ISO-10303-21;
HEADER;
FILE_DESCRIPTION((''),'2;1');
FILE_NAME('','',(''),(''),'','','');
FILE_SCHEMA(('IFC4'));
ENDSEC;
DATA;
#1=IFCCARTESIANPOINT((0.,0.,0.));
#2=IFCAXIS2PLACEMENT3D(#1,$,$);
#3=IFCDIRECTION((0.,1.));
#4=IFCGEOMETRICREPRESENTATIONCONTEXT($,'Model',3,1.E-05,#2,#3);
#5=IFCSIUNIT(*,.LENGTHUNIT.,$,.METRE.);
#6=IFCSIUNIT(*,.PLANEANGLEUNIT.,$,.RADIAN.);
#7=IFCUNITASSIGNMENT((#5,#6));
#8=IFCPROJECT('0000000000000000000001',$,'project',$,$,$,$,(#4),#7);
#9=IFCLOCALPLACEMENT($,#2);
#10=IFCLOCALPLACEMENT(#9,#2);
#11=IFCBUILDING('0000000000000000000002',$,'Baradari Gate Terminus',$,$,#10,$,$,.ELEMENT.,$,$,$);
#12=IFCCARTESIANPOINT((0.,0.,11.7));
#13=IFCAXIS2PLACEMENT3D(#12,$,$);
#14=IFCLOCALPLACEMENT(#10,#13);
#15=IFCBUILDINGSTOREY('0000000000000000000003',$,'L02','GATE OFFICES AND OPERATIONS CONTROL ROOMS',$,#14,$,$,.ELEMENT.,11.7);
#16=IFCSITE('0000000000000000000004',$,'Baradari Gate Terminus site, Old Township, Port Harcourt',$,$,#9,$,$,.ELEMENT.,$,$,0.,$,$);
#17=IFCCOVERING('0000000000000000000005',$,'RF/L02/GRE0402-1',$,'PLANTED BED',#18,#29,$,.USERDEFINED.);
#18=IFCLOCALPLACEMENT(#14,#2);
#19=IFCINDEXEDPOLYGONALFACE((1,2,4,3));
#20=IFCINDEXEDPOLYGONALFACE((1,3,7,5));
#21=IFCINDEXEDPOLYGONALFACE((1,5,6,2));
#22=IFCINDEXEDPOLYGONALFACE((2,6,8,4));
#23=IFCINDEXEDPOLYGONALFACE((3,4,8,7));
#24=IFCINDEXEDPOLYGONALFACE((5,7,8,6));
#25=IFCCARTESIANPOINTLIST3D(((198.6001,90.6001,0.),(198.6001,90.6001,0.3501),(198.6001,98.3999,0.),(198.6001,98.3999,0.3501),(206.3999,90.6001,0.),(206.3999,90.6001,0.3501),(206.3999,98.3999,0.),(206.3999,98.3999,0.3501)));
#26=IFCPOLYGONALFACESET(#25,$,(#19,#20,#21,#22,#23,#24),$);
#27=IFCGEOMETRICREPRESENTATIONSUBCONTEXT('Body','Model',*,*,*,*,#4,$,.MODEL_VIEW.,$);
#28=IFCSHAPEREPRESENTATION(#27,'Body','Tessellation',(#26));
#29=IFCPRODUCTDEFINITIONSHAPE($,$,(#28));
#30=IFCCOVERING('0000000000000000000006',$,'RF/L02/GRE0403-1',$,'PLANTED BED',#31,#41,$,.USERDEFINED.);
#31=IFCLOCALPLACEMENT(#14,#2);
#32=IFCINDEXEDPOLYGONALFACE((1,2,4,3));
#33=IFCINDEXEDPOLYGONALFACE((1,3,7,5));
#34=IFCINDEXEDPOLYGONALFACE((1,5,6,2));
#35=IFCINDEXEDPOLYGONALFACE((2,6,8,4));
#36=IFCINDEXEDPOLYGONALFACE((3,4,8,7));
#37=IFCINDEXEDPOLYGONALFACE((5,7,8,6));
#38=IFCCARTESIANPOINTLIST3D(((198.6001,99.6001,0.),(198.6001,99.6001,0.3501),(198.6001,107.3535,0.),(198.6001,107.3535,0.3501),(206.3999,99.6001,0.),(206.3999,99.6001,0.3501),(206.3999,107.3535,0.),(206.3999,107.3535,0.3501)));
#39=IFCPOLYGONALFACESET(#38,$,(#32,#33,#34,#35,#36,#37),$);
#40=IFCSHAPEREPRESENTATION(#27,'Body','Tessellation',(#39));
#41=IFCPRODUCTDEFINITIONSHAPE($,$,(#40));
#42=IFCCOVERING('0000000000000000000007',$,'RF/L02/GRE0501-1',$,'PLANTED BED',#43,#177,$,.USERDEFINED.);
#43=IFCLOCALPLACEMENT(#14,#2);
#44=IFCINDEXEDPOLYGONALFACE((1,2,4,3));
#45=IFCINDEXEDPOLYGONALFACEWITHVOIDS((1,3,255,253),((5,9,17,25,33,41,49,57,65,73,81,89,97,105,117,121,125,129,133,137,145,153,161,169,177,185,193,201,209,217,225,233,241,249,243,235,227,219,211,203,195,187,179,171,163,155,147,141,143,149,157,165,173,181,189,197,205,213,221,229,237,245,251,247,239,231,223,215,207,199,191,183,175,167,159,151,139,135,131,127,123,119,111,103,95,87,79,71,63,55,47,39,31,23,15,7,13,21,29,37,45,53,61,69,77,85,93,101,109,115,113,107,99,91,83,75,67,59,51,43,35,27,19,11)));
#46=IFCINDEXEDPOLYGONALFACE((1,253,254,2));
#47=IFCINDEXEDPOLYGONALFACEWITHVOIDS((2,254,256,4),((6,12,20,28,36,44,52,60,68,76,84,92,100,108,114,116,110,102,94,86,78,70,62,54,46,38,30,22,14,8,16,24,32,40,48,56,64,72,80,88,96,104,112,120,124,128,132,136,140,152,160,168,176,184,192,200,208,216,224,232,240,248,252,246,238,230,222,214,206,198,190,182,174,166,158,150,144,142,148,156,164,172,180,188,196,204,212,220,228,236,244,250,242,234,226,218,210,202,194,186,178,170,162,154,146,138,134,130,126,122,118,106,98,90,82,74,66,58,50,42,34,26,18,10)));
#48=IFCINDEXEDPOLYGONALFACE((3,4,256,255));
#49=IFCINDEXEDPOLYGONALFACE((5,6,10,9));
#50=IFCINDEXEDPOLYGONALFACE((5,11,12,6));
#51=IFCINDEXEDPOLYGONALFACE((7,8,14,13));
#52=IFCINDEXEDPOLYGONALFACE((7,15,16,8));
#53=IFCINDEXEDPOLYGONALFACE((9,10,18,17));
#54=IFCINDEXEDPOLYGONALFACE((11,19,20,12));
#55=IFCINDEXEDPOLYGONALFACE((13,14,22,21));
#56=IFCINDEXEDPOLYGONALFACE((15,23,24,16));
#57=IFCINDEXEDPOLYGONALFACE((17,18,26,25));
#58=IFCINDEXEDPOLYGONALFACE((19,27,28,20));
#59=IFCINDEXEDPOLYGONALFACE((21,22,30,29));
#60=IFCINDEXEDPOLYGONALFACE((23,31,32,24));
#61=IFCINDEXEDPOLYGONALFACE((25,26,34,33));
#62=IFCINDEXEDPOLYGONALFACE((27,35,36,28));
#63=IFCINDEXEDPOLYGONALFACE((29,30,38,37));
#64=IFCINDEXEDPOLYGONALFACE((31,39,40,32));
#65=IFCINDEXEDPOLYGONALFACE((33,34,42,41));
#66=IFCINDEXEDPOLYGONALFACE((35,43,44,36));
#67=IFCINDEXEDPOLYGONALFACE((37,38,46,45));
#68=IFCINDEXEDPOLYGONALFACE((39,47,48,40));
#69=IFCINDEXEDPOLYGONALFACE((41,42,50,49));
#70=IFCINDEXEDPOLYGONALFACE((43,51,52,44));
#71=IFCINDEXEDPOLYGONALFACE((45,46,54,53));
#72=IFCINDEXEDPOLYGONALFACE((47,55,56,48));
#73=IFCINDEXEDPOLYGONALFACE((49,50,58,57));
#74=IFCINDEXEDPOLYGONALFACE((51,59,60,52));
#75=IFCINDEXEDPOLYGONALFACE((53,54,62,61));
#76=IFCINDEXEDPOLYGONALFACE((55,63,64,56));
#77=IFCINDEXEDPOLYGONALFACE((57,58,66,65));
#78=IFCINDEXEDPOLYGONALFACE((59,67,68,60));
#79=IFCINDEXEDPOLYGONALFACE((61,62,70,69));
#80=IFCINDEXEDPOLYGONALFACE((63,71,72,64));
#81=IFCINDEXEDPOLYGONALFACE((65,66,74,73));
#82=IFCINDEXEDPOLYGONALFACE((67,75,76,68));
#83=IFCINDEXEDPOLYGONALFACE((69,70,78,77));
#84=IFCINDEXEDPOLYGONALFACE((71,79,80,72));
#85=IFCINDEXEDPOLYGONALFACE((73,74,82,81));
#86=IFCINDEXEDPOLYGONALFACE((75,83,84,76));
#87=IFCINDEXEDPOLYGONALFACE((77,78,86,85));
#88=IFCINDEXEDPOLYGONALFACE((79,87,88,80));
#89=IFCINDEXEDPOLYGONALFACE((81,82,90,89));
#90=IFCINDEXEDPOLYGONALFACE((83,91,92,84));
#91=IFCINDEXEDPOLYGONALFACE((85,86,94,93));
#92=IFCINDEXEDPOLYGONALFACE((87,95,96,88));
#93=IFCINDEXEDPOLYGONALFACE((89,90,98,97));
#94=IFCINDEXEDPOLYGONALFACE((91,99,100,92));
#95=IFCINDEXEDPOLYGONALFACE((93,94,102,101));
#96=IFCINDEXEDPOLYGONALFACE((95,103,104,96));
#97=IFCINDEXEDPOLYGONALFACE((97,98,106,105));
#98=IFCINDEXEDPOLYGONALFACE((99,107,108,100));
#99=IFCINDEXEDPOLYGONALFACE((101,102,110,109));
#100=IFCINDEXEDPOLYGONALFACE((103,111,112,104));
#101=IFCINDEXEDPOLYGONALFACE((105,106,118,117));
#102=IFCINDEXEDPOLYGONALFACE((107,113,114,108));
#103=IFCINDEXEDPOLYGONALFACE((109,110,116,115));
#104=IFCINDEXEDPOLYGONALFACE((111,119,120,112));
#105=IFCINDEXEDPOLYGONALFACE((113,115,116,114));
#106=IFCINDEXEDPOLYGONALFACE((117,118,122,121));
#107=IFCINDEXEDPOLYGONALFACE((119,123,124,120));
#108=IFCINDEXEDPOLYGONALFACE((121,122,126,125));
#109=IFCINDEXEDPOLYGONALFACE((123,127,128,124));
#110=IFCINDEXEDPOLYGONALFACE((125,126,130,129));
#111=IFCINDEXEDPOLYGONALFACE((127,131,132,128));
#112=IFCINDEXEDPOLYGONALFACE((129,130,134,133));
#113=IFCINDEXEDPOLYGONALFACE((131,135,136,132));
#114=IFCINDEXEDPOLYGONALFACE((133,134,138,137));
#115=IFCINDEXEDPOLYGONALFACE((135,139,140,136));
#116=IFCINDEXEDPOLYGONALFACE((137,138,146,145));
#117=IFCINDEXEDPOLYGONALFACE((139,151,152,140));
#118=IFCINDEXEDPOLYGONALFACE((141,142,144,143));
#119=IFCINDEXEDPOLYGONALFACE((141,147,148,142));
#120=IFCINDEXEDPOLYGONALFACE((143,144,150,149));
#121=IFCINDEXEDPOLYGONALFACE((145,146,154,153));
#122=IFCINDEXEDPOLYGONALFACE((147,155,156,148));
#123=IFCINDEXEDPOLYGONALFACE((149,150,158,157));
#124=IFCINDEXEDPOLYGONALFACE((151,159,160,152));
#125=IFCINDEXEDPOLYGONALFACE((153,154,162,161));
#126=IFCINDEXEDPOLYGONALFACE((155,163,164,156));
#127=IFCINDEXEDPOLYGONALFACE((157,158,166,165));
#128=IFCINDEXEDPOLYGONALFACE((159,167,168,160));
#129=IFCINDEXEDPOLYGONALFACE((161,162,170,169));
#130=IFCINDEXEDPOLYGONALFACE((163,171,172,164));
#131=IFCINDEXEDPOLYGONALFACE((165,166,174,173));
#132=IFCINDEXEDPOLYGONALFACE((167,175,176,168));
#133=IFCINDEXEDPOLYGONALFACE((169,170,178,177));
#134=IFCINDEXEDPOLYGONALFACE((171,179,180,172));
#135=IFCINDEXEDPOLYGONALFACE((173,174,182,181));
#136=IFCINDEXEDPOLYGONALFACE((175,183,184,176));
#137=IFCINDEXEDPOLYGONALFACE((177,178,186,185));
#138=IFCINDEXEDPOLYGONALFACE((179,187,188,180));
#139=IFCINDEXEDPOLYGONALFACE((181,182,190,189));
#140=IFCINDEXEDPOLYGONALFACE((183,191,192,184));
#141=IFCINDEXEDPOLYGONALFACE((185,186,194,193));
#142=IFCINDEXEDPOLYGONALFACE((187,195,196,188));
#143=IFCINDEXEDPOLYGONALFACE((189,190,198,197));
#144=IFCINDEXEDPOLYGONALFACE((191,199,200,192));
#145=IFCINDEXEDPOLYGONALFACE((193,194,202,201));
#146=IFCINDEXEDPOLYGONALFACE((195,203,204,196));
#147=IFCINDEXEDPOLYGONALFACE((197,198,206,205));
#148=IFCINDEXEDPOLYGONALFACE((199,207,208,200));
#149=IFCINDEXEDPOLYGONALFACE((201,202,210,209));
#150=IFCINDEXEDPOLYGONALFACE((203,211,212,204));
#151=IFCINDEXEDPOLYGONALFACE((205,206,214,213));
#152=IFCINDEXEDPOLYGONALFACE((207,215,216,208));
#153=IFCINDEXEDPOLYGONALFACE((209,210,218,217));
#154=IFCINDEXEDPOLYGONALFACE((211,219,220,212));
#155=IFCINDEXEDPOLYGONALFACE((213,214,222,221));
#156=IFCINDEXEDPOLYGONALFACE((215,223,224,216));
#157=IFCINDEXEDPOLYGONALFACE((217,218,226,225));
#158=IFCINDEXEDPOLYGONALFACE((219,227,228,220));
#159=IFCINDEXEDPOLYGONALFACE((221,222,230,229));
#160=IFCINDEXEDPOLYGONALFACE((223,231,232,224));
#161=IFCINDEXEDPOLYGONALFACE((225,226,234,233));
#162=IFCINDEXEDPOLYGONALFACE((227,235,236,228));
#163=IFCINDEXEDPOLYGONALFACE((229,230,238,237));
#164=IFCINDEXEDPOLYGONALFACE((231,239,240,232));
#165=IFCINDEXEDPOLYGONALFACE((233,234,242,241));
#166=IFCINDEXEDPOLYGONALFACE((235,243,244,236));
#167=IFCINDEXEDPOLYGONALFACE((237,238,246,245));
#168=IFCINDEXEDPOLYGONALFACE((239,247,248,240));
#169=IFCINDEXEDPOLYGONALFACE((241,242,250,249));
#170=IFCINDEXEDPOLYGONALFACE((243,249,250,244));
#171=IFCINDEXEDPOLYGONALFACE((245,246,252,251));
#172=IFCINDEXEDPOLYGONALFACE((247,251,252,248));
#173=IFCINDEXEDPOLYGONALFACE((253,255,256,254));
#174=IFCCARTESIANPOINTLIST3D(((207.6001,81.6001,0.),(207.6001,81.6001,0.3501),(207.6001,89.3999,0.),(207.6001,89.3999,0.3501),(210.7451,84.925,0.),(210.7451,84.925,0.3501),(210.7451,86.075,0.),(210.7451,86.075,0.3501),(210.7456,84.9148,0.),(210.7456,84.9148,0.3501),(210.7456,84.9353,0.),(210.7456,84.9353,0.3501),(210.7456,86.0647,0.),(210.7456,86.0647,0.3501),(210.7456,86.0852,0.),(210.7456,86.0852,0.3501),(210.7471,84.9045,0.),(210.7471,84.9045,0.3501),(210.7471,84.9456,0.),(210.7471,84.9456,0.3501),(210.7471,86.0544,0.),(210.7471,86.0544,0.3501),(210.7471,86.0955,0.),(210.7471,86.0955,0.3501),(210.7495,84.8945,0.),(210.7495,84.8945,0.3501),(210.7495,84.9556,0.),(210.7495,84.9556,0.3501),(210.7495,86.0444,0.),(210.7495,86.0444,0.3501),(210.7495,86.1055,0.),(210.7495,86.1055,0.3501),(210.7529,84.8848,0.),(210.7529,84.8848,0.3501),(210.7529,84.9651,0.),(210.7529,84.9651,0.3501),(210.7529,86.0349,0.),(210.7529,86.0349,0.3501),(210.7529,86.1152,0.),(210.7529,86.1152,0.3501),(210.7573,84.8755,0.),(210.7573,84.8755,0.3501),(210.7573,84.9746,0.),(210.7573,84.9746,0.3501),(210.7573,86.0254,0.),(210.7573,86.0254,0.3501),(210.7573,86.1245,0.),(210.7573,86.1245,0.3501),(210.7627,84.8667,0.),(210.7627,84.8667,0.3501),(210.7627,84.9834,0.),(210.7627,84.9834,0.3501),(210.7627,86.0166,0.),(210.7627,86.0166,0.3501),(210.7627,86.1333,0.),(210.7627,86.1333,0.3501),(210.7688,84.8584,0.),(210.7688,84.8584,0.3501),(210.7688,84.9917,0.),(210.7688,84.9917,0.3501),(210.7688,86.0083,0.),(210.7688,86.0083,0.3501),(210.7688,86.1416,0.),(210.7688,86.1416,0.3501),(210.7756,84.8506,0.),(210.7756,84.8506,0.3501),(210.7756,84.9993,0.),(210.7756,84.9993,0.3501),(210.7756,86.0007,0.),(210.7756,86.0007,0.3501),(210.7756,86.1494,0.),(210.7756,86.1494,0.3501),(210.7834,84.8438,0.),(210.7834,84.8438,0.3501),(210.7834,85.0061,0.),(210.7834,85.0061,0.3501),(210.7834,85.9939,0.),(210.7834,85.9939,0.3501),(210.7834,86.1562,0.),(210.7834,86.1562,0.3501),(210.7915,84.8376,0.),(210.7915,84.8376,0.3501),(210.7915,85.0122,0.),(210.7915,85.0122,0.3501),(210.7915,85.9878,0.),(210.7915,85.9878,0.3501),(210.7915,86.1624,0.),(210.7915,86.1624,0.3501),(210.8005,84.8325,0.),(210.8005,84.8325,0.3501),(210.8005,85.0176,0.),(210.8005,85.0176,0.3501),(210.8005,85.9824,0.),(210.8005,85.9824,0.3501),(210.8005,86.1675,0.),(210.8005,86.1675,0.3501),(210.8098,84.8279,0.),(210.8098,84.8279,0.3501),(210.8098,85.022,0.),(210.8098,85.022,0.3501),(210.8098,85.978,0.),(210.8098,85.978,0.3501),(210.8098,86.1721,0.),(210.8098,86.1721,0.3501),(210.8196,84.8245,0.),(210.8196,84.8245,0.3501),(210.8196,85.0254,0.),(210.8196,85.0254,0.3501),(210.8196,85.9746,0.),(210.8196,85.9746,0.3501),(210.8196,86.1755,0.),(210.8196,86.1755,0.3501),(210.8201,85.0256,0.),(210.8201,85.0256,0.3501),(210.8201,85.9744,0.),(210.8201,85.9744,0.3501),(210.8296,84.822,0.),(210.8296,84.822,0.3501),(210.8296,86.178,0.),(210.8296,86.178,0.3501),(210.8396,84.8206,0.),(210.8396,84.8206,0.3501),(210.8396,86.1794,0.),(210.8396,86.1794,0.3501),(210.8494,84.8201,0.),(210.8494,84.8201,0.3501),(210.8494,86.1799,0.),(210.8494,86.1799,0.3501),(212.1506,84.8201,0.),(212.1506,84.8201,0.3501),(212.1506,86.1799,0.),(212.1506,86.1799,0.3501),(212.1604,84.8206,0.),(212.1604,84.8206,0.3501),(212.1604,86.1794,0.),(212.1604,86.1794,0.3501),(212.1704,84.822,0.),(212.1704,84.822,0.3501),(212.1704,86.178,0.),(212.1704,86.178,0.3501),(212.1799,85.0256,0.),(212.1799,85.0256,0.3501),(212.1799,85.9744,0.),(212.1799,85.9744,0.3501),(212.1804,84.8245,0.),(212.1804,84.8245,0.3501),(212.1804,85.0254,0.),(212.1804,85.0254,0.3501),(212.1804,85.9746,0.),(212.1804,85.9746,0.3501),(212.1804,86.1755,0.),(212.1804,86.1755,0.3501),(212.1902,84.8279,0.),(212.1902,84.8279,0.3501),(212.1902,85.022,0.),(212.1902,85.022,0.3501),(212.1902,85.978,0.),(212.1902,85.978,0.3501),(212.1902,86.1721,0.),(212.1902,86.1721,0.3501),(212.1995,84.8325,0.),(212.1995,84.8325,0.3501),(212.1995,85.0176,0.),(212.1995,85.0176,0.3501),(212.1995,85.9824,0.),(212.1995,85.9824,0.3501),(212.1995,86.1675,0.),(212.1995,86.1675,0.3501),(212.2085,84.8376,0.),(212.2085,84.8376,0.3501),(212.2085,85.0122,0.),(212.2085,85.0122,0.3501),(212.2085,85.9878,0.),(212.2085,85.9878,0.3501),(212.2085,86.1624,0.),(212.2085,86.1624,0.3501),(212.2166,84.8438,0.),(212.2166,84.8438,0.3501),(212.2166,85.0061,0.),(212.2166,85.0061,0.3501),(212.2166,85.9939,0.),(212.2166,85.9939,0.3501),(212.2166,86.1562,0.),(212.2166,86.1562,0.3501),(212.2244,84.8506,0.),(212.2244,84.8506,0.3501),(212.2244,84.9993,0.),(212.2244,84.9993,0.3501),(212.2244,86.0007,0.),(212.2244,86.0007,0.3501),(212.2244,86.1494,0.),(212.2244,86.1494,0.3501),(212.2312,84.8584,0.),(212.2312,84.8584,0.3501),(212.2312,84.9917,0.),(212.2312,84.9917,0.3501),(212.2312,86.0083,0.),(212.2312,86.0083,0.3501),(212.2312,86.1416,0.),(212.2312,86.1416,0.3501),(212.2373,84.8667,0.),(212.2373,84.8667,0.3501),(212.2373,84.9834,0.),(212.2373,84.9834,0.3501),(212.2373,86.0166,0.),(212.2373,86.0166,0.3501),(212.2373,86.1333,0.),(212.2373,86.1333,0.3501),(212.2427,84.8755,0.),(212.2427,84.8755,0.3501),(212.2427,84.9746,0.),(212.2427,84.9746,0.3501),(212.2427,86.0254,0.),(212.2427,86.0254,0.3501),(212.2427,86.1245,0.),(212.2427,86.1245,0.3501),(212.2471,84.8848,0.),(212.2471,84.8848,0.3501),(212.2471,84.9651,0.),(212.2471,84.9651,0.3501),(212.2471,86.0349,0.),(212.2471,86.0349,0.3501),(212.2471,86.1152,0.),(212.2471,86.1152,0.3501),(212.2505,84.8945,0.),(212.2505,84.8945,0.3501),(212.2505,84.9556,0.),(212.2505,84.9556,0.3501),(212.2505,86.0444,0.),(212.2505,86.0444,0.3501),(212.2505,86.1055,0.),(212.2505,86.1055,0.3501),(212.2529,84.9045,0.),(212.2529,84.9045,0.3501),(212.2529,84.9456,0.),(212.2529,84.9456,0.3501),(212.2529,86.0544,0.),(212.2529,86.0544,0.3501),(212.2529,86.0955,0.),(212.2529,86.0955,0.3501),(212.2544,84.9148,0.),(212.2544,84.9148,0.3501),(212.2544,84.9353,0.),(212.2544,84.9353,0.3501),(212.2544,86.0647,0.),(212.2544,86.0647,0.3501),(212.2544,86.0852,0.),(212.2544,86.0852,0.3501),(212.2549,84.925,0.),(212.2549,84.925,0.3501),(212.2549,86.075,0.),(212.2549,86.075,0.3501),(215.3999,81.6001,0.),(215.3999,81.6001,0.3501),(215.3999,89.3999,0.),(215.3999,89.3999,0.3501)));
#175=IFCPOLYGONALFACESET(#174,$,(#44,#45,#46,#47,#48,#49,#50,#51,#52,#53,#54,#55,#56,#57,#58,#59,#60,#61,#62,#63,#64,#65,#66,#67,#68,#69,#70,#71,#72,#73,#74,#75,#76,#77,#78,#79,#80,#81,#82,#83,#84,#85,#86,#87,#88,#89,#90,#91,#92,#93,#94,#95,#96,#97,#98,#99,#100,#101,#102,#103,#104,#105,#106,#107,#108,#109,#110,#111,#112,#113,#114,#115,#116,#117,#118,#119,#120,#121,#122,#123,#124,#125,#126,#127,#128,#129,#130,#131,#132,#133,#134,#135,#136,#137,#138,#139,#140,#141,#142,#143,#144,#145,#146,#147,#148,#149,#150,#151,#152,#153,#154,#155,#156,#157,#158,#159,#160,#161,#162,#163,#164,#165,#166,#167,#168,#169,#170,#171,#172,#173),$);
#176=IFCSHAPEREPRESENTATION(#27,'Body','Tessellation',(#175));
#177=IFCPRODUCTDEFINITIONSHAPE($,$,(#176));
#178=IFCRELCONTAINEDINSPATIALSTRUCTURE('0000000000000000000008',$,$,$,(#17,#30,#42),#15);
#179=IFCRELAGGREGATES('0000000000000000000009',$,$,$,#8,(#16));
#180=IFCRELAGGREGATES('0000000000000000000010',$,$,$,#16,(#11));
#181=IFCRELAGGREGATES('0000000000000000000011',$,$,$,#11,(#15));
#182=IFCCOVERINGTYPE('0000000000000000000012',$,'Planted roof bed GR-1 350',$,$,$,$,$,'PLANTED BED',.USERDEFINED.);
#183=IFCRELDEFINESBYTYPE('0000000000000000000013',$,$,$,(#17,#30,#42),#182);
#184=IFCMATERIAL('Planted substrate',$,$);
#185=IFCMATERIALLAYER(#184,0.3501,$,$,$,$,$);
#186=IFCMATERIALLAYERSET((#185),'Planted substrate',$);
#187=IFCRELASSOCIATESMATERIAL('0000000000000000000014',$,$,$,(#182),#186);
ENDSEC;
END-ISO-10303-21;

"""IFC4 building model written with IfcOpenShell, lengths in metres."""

from ifc_helpers import new_model, si_unit, direction, frame, origin, place, context, subcontext, project, spatial, polyline, outline, extrude, material, layer, layer_set, type_object, element, save


model = new_model("IFC4")

# Units and contexts
model_context = context("Model", 3, precision=1e-05, world=origin(), true_north=direction((0.0, 1.0)))
body_context = subcontext(model_context, "Body", "Model", "MODEL_VIEW")
ifc_project = project(units=[si_unit("LENGTHUNIT", "METRE"), si_unit("PLANEANGLEUNIT", "RADIAN")], contexts=[model_context])

# Site, building, storey
site_placement = place(None, origin())
site = spatial("IfcSite", under=ifc_project, at=site_placement, Name="Baradari Gate Terminus site, Old Township, Port Harcourt", CompositionType="ELEMENT", RefElevation=0.0)
building_placement = place(site_placement, origin())
building = spatial("IfcBuilding", under=site, at=building_placement, Name="Baradari Gate Terminus", CompositionType="ELEMENT")
storey_placement = place(building_placement, frame((0.0, 0.0, 11.7)))
storey = spatial("IfcBuildingStorey", under=building, at=storey_placement, Name="L02", Description="GATE OFFICES AND OPERATIONS CONTROL ROOMS", CompositionType="ELEMENT", Elevation=11.7)

# Coverings
ifc_material = material(Name="Planted substrate")
ifc_layer = layer(ifc_material, 0.3501)
ifc_layer_set = layer_set([ifc_layer], Name="Planted substrate")
covering_type = type_object("IfcCoveringType", Name="Planted roof bed GR-1 350", ElementType="PLANTED BED", PredefinedType="USERDEFINED", material=ifc_layer_set)
covering_1_placement = place(storey_placement, origin())
element("IfcCovering", 1, at=covering_1_placement, inside=storey, type_object=covering_type, Name="RF/L02/GRE0402-1", ObjectType="PLANTED BED", PredefinedType="USERDEFINED", context=body_context, shape_type="SweptSolid", body=[
    extrude(outline(polyline([(198.6001, 98.3999), (206.3999, 98.3999), (206.3999, 90.6001), (198.6001, 90.6001), (198.6001, 98.3999)])), origin(), (0.0, 0.0, 1.0), 0.3501),
])
covering_2_placement = place(storey_placement, origin())
element("IfcCovering", 2, at=covering_2_placement, inside=storey, type_object=covering_type, Name="RF/L02/GRE0403-1", ObjectType="PLANTED BED", PredefinedType="USERDEFINED", context=body_context, shape_type="SweptSolid", body=[
    extrude(outline(polyline([(198.6001, 107.3535), (206.3999, 107.3535), (206.3999, 99.6001), (198.6001, 99.6001), (198.6001, 107.3535)])), origin(), (0.0, 0.0, 1.0), 0.3501),
])
covering_3_placement = place(storey_placement, origin())
element("IfcCovering", 3, at=covering_3_placement, inside=storey, type_object=covering_type, Name="RF/L02/GRE0501-1", ObjectType="PLANTED BED", PredefinedType="USERDEFINED", context=body_context, shape_type="SweptSolid", body=[
    extrude(outline(polyline([(207.6001, 89.3999), (215.3999, 89.3999), (215.3999, 81.6001), (207.6001, 81.6001), (207.6001, 89.3999)]), holes=[polyline([(212.2373, 84.9834), (212.2312, 84.9917), (212.2244, 84.9993), (212.2166, 85.0061), (212.2085, 85.0122), (212.1995, 85.0176), (212.1902, 85.022), (212.1804, 85.0254), (212.1799, 85.0256), (212.1799, 85.9744), (212.1804, 85.9746), (212.1902, 85.978), (212.1995, 85.9824), (212.2085, 85.9878), (212.2166, 85.9939), (212.2244, 86.0007), (212.2312, 86.0083), (212.2373, 86.0166), (212.2427, 86.0254), (212.2471, 86.0349), (212.2505, 86.0444), (212.2529, 86.0544), (212.2544, 86.0647), (212.2549, 86.075), (212.2544, 86.0852), (212.2529, 86.0955), (212.2505, 86.1055), (212.2471, 86.1152), (212.2427, 86.1245), (212.2373, 86.1333), (212.2312, 86.1416), (212.2244, 86.1494), (212.2166, 86.1562), (212.2085, 86.1624), (212.1995, 86.1675), (212.1902, 86.1721), (212.1804, 86.1755), (212.1704, 86.178), (212.1604, 86.1794), (212.1506, 86.1799), (210.8494, 86.1799), (210.8396, 86.1794), (210.8296, 86.178), (210.8196, 86.1755), (210.8098, 86.1721), (210.8005, 86.1675), (210.7915, 86.1624), (210.7834, 86.1562), (210.7756, 86.1494), (210.7688, 86.1416), (210.7627, 86.1333), (210.7573, 86.1245), (210.7529, 86.1152), (210.7495, 86.1055), (210.7471, 86.0955), (210.7456, 86.0852), (210.7451, 86.075), (210.7456, 86.0647), (210.7471, 86.0544), (210.7495, 86.0444), (210.7529, 86.0349), (210.7573, 86.0254), (210.7627, 86.0166), (210.7688, 86.0083), (210.7756, 86.0007), (210.7834, 85.9939), (210.7915, 85.9878), (210.8005, 85.9824), (210.8098, 85.978), (210.8196, 85.9746), (210.8201, 85.9744), (210.8201, 85.0256), (210.8196, 85.0254), (210.8098, 85.022), (210.8005, 85.0176), (210.7915, 85.0122), (210.7834, 85.0061), (210.7756, 84.9993), (210.7688, 84.9917), (210.7627, 84.9834), (210.7573, 84.9746), (210.7529, 84.9651), (210.7495, 84.9556), (210.7471, 84.9456), (210.7456, 84.9353), (210.7451, 84.925), (210.7456, 84.9148), (210.7471, 84.9045), (210.7495, 84.8945), (210.7529, 84.8848), (210.7573, 84.8755), (210.7627, 84.8667), (210.7688, 84.8584), (210.7756, 84.8506), (210.7834, 84.8438), (210.7915, 84.8376), (210.8005, 84.8325), (210.8098, 84.8279), (210.8196, 84.8245), (210.8296, 84.822), (210.8396, 84.8206), (210.8494, 84.8201), (212.1506, 84.8201), (212.1604, 84.8206), (212.1704, 84.822), (212.1804, 84.8245), (212.1902, 84.8279), (212.1995, 84.8325), (212.2085, 84.8376), (212.2166, 84.8438), (212.2244, 84.8506), (212.2312, 84.8584), (212.2373, 84.8667), (212.2427, 84.8755), (212.2471, 84.8848), (212.2505, 84.8945), (212.2529, 84.9045), (212.2544, 84.9148), (212.2549, 84.925), (212.2544, 84.9353), (212.2529, 84.9456), (212.2505, 84.9556), (212.2471, 84.9651), (212.2427, 84.9746), (212.2373, 84.9834)])]), origin(), (0.0, 0.0, 1.0), 0.3501),
])

save(model, "model.ifc")
